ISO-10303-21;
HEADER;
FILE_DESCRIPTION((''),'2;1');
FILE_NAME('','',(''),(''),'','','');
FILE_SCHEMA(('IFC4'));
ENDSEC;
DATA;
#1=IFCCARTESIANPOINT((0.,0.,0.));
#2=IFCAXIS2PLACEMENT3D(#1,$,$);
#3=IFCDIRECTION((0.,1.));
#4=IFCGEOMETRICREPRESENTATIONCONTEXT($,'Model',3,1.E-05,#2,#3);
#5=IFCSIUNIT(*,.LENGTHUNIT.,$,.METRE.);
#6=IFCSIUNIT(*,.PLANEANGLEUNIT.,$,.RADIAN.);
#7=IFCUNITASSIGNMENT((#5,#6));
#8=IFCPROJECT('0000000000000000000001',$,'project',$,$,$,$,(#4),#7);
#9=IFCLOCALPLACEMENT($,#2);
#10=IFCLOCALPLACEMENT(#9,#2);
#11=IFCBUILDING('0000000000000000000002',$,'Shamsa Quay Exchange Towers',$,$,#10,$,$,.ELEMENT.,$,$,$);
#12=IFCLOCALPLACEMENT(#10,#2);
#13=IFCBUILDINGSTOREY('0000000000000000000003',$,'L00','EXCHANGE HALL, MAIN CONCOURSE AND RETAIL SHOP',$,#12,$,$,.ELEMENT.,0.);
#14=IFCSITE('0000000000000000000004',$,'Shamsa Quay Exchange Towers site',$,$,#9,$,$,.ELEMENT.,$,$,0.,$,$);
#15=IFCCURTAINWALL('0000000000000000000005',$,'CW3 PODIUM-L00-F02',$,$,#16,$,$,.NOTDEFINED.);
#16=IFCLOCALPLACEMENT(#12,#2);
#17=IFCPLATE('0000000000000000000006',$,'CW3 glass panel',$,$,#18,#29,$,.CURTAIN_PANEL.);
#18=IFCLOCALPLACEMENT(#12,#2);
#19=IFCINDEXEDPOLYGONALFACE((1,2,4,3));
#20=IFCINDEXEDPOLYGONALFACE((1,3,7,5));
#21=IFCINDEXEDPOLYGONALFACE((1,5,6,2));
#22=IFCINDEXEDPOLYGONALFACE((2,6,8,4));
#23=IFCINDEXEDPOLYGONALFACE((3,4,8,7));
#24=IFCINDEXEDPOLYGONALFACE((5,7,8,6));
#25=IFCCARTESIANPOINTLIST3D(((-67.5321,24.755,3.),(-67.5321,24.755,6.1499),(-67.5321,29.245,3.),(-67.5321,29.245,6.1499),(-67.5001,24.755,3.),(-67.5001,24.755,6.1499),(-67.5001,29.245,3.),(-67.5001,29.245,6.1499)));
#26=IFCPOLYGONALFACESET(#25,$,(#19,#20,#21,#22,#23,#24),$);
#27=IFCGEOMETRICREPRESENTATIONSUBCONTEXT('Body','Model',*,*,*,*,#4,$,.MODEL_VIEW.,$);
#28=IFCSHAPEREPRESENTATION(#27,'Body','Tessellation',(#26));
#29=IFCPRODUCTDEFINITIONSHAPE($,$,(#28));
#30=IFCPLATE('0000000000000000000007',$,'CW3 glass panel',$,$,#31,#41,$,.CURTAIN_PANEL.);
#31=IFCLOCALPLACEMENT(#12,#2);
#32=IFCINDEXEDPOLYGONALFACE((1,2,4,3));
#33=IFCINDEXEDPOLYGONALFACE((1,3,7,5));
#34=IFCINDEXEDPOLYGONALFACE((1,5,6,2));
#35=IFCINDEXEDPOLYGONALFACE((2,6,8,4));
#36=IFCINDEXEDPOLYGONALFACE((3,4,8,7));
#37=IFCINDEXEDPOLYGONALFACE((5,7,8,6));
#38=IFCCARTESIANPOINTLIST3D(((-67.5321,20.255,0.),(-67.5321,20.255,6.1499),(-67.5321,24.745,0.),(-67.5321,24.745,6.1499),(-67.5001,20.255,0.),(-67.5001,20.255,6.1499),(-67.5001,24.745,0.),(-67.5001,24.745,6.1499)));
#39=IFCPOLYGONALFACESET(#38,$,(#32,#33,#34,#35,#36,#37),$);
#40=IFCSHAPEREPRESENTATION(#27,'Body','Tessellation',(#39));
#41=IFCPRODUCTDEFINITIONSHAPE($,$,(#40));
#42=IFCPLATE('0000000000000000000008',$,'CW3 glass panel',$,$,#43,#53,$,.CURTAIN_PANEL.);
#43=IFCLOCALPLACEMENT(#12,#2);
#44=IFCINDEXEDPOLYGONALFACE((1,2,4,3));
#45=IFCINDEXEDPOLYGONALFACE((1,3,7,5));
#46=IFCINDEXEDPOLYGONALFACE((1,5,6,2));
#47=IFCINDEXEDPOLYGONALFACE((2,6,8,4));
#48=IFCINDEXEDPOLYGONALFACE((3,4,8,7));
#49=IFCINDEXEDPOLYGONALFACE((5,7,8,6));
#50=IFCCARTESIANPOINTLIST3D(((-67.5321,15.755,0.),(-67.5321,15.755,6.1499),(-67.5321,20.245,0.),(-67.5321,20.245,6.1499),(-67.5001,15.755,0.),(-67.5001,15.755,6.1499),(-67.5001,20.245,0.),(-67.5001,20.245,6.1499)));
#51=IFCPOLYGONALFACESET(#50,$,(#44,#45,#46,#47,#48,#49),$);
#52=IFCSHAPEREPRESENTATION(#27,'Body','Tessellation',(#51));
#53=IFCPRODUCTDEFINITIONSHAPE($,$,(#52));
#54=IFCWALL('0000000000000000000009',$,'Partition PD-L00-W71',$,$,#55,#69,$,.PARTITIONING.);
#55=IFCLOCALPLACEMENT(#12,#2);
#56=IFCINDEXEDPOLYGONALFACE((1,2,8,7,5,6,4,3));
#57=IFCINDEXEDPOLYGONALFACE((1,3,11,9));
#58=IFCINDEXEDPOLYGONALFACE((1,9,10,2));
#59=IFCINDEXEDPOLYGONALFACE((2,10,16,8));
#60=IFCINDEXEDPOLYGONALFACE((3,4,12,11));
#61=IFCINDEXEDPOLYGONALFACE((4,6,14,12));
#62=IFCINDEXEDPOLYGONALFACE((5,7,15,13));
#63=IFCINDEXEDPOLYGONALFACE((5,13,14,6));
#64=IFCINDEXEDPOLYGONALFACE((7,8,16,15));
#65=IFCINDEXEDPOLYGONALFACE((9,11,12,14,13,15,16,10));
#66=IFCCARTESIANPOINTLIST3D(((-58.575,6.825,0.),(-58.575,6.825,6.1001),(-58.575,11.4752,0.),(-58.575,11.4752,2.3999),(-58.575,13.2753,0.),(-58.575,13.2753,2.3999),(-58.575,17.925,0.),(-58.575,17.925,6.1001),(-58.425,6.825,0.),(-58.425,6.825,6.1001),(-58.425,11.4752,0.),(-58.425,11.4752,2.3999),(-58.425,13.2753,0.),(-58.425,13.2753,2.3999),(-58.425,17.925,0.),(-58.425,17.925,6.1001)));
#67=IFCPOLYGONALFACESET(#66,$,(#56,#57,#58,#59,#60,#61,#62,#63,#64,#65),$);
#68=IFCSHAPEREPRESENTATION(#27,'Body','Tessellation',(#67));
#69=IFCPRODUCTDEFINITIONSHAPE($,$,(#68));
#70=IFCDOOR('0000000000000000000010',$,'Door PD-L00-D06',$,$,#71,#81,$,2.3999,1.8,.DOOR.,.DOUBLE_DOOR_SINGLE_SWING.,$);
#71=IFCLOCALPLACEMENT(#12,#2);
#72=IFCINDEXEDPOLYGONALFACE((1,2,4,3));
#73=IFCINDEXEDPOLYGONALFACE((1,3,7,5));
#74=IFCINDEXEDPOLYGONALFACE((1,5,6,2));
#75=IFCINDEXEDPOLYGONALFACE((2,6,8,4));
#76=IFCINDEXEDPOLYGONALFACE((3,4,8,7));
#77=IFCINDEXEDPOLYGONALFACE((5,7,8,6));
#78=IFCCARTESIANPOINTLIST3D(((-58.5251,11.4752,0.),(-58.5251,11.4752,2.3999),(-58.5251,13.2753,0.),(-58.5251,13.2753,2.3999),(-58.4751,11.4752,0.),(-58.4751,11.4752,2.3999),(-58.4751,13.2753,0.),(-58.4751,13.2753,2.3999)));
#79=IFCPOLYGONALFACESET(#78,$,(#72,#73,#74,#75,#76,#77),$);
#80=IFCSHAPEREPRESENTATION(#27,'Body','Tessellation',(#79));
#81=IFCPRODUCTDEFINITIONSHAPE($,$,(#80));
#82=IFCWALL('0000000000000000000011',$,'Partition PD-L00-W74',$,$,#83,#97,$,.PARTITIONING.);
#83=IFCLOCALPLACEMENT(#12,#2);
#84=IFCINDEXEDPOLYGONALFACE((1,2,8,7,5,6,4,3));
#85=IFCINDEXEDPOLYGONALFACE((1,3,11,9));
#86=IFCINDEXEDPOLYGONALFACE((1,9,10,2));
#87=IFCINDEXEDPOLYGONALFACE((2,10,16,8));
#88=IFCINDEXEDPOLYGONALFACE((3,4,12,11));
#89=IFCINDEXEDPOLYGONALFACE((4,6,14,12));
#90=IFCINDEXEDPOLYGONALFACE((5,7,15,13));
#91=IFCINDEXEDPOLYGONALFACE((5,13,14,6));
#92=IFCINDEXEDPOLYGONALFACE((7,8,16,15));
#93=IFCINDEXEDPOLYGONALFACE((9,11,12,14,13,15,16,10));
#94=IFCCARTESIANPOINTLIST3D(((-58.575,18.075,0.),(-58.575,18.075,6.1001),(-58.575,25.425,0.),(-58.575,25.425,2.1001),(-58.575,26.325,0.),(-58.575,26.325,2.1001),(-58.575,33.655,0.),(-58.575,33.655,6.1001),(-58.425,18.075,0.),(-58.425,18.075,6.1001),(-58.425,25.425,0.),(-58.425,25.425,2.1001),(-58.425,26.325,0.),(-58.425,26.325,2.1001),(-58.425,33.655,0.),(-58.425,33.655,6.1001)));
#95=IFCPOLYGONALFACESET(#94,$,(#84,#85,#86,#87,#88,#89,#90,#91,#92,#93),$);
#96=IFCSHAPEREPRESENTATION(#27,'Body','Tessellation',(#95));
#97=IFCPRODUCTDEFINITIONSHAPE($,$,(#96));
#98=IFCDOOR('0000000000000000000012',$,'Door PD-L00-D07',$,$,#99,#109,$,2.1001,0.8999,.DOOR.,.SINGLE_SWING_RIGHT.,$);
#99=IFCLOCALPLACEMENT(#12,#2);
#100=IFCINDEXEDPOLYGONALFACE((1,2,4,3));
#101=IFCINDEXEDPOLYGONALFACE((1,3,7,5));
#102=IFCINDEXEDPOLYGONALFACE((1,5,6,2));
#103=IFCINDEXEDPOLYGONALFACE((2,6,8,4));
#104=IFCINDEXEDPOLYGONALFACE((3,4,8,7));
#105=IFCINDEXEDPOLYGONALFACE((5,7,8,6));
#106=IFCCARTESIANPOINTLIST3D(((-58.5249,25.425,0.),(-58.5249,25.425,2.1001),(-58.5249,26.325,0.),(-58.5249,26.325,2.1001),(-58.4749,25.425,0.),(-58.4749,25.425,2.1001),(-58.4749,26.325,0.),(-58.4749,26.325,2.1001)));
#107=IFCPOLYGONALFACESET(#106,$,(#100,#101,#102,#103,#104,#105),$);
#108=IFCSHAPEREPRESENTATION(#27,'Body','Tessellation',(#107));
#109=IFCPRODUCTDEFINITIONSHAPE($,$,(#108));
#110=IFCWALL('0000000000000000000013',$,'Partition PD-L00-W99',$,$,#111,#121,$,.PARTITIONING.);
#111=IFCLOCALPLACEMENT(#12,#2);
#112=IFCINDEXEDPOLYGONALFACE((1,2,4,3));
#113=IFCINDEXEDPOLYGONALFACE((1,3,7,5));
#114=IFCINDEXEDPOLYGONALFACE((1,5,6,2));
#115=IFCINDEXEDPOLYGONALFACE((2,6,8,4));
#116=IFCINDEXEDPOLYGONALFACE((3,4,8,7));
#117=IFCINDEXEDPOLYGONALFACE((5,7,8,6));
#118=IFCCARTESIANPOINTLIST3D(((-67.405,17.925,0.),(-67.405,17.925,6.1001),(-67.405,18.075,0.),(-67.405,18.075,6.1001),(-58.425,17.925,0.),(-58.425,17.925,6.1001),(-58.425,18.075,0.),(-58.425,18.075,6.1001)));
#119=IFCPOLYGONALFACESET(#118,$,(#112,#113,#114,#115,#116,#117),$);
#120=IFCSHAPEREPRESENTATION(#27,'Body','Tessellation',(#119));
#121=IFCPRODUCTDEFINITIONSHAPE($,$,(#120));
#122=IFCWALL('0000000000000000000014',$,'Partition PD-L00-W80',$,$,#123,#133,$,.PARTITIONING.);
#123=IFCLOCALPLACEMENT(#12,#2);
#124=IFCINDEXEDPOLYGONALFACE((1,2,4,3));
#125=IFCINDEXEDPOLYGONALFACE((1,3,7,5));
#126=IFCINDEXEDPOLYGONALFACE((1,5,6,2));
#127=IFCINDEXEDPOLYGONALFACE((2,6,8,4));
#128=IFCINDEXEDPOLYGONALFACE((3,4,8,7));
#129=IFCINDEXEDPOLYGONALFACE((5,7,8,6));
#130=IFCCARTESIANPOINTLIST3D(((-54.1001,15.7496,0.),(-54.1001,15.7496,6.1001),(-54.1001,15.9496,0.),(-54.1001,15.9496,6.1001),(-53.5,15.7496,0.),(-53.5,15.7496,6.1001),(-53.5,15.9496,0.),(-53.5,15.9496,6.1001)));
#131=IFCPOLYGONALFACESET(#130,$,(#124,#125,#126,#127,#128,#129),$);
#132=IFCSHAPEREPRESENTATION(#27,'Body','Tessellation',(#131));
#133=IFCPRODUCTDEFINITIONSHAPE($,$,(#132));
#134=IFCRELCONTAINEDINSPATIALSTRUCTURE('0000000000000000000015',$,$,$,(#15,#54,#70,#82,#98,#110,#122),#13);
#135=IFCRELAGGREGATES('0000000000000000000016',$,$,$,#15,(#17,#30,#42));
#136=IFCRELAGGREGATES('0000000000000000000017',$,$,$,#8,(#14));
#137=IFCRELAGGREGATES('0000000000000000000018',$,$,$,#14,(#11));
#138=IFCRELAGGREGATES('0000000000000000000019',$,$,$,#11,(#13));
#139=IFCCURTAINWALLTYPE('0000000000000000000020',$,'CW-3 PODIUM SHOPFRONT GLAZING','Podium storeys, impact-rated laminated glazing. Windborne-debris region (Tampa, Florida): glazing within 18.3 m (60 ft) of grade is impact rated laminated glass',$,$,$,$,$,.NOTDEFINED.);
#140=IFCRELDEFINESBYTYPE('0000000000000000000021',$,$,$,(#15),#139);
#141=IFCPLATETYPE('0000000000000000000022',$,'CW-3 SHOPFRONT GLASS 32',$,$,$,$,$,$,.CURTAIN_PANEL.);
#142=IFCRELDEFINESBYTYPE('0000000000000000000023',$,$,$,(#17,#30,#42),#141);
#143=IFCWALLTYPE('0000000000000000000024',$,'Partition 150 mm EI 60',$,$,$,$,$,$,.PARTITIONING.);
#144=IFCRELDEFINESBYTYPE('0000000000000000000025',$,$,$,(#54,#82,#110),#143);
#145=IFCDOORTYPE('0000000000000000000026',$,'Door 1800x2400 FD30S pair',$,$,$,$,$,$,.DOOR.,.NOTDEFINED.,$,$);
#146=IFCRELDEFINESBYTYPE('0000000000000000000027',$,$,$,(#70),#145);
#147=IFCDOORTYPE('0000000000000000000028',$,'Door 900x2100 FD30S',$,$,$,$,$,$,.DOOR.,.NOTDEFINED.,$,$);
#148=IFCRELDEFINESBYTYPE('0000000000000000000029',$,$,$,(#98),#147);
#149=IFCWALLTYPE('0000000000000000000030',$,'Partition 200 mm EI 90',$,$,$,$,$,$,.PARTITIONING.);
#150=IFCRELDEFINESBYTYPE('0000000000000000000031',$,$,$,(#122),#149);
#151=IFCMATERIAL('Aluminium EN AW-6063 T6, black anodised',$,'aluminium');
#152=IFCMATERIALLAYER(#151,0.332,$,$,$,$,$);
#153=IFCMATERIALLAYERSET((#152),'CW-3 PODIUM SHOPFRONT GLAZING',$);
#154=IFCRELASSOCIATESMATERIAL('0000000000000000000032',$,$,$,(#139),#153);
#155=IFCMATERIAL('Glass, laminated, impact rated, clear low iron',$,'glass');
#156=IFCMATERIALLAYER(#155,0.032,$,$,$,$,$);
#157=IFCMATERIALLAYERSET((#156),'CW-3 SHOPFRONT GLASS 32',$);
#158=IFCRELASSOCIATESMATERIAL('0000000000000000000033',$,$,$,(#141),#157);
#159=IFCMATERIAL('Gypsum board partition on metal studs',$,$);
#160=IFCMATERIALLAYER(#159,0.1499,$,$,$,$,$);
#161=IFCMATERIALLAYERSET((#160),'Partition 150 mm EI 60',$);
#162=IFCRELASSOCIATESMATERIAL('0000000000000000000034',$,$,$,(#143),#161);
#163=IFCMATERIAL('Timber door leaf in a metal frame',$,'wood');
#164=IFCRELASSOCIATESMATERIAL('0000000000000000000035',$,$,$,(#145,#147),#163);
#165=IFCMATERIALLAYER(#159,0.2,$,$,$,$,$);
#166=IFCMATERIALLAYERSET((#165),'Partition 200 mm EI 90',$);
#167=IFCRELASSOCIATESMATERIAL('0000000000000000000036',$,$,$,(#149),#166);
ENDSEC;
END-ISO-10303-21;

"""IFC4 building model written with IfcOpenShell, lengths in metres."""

from ifc_helpers import new_model, si_unit, direction, frame, frame_2d, origin, origin_2d, place, context, subcontext, project, spatial, rectangle, extrude, material, layer, layer_set, type_object, element, fill, aggregate, save


model = new_model("IFC4")

# Units and contexts
model_context = context("Model", 3, precision=1e-05, world=origin(), true_north=direction((0.0, 1.0)))
body_context = subcontext(model_context, "Body", "Model", "MODEL_VIEW")
ifc_project = project(units=[si_unit("LENGTHUNIT", "METRE"), si_unit("PLANEANGLEUNIT", "RADIAN")], contexts=[model_context])

# Site, building, storey
site_placement = place(None, origin())
site = spatial("IfcSite", under=ifc_project, at=site_placement, Name="Shamsa Quay Exchange Towers site", CompositionType="ELEMENT", RefElevation=0.0)
building_placement = place(site_placement, origin())
building = spatial("IfcBuilding", under=site, at=building_placement, Name="Shamsa Quay Exchange Towers", CompositionType="ELEMENT")
storey_placement = place(building_placement, origin())
storey = spatial("IfcBuildingStorey", under=building, at=storey_placement, Name="L00", Description="EXCHANGE HALL, MAIN CONCOURSE AND RETAIL SHOP", CompositionType="ELEMENT", Elevation=0.0)

# Curtain wall, plates
ifc_material_1 = material(Name="Aluminium EN AW-6063 T6, black anodised", Category="aluminium")
ifc_layer_1 = layer(ifc_material_1, 0.332)
ifc_layer_set_1 = layer_set([ifc_layer_1], Name="CW-3 PODIUM SHOPFRONT GLAZING")
curtain_wall_type = type_object("IfcCurtainWallType", Name="CW-3 PODIUM SHOPFRONT GLAZING", Description="Podium storeys, impact-rated laminated glazing. Windborne-debris region (Tampa, Florida): glazing within 18.3 m (60 ft) of grade is impact rated laminated glass", PredefinedType="NOTDEFINED", material=ifc_layer_set_1)
curtain_wall_placement = place(storey_placement, origin())
curtain_wall = element("IfcCurtainWall", 1, at=curtain_wall_placement, inside=storey, type_object=curtain_wall_type, Name="CW3 PODIUM-L00-F02", PredefinedType="NOTDEFINED")
ifc_material_2 = material(Name="Glass, laminated, impact rated, clear low iron", Category="glass")
ifc_layer_2 = layer(ifc_material_2, 0.032)
ifc_layer_set_2 = layer_set([ifc_layer_2], Name="CW-3 SHOPFRONT GLASS 32")
plate_type = type_object("IfcPlateType", Name="CW-3 SHOPFRONT GLASS 32", PredefinedType="CURTAIN_PANEL", material=ifc_layer_set_2)
plate_1_placement = place(storey_placement, frame((-67.5161, 27.0, 3.0), z_axis=(0.0, 0.0, 1.0), x_axis=(0.0, -1.0, 0.0)))
plate_1 = element("IfcPlate", 2, at=plate_1_placement, type_object=plate_type, Name="CW3 glass panel", PredefinedType="CURTAIN_PANEL", context=body_context, shape_type="SweptSolid", body=[
    extrude(rectangle(XDim=4.49, YDim=0.032, at=origin_2d()), origin(), (0.0, 0.0, 1.0), 3.1499),
])
plate_2_placement = place(storey_placement, frame((-67.5161, 22.5, 0.0), z_axis=(0.0, 0.0, 1.0), x_axis=(0.0, -1.0, 0.0)))
plate_2 = element("IfcPlate", 3, at=plate_2_placement, type_object=plate_type, Name="CW3 glass panel", PredefinedType="CURTAIN_PANEL", context=body_context, shape_type="SweptSolid", body=[
    extrude(rectangle(XDim=4.49, YDim=0.032, at=origin_2d()), origin(), (0.0, 0.0, 1.0), 6.1499),
])
plate_3_placement = place(storey_placement, frame((-67.5161, 18.0, 0.0), z_axis=(0.0, 0.0, 1.0), x_axis=(0.0, -1.0, 0.0)))
plate_3 = element("IfcPlate", 4, at=plate_3_placement, type_object=plate_type, Name="CW3 glass panel", PredefinedType="CURTAIN_PANEL", context=body_context, shape_type="SweptSolid", body=[
    extrude(rectangle(XDim=4.49, YDim=0.032, at=origin_2d()), origin(), (0.0, 0.0, 1.0), 6.1499),
])
aggregate(curtain_wall, [plate_1, plate_2, plate_3])

# Walls, openings, doors
ifc_material_3 = material(Name="Gypsum board partition on metal studs")
ifc_layer_3 = layer(ifc_material_3, 0.1499)
ifc_layer_set_3 = layer_set([ifc_layer_3], Name="Partition 150 mm EI 60")
wall_type_1 = type_object("IfcWallType", Name="Partition 150 mm EI 60", PredefinedType="PARTITIONING", material=ifc_layer_set_3)
wall_1_placement = place(storey_placement, frame((-58.5, 17.925, 0.0), z_axis=(0.0, 0.0, 1.0), x_axis=(0.0, -1.0, 0.0)))
wall_1 = element("IfcWall", 5, at=wall_1_placement, inside=storey, type_object=wall_type_1, Name="Partition PD-L00-W71", PredefinedType="PARTITIONING", context=body_context, shape_type="SweptSolid", body=[
    extrude(rectangle(XDim=11.1001, YDim=0.1499, at=frame_2d((5.55, 0.0))), origin(), (0.0, 0.0, 1.0), 6.1001),
])
opening_1_placement = place(wall_1_placement, frame((4.6499, 0.0, 0.0)))
opening_1 = element("IfcOpeningElement", 6, at=opening_1_placement, cuts=wall_1, PredefinedType="OPENING", context=body_context, shape_type="SweptSolid", body=[
    extrude(rectangle(XDim=1.8, YDim=2.3999, at=frame_2d((0.8999, 1.2))), frame((0.0, 0.085, 0.0), z_axis=(0.0, -1.0, 0.0), x_axis=(1.0, 0.0, 0.0)), (0.0, 0.0, 1.0), 0.1699),
])
ifc_material_4 = material(Name="Timber door leaf in a metal frame", Category="wood")
door_type_1 = type_object("IfcDoorType", Name="Door 1800x2400 FD30S pair", OperationType="NOTDEFINED", PredefinedType="DOOR", material=ifc_material_4)
door_1_placement = place(opening_1_placement, origin())
door_1 = element("IfcDoor", 7, at=door_1_placement, inside=storey, type_object=door_type_1, Name="Door PD-L00-D06", OperationType="DOUBLE_DOOR_SINGLE_SWING", OverallHeight=2.3999, OverallWidth=1.8, PredefinedType="DOOR", context=body_context, shape_type="SweptSolid", body=[
    extrude(rectangle(XDim=1.8, YDim=2.3999, at=frame_2d((0.8999, 1.2))), frame((0.0, 0.0249, 0.0), z_axis=(0.0, -1.0, 0.0), x_axis=(1.0, 0.0, 0.0)), (0.0, 0.0, 1.0), 0.05),
])
fill(opening_1, door_1)
wall_2_placement = place(storey_placement, frame((-58.5, 18.075, 0.0), z_axis=(0.0, 0.0, 1.0), x_axis=(0.0, 1.0, 0.0)))
wall_2 = element("IfcWall", 8, at=wall_2_placement, inside=storey, type_object=wall_type_1, Name="Partition PD-L00-W74", PredefinedType="PARTITIONING", context=body_context, shape_type="SweptSolid", body=[
    extrude(rectangle(XDim=15.5801, YDim=0.1499, at=frame_2d((7.79, 0.0))), origin(), (0.0, 0.0, 1.0), 6.1001),
])
opening_2_placement = place(wall_2_placement, frame((7.3501, 0.0, 0.0)))
opening_2 = element("IfcOpeningElement", 9, at=opening_2_placement, cuts=wall_2, PredefinedType="OPENING", context=body_context, shape_type="SweptSolid", body=[
    extrude(rectangle(XDim=0.8999, YDim=2.1001, at=frame_2d((0.45, 1.05))), frame((0.0, 0.085, 0.0), z_axis=(0.0, -1.0, 0.0), x_axis=(1.0, 0.0, 0.0)), (0.0, 0.0, 1.0), 0.1699),
])
door_type_2 = type_object("IfcDoorType", Name="Door 900x2100 FD30S", OperationType="NOTDEFINED", PredefinedType="DOOR", material=ifc_material_4)
door_2_placement = place(opening_2_placement, origin())
door_2 = element("IfcDoor", 10, at=door_2_placement, inside=storey, type_object=door_type_2, Name="Door PD-L00-D07", OperationType="SINGLE_SWING_RIGHT", OverallHeight=2.1001, OverallWidth=0.8999, PredefinedType="DOOR", context=body_context, shape_type="SweptSolid", body=[
    extrude(rectangle(XDim=0.8999, YDim=2.1001, at=frame_2d((0.45, 1.05))), frame((0.0, 0.0249, 0.0), z_axis=(0.0, -1.0, 0.0), x_axis=(1.0, 0.0, 0.0)), (0.0, 0.0, 1.0), 0.05),
])
fill(opening_2, door_2)

# Walls
wall_3_placement = place(storey_placement, frame((-58.425, 18.0, 0.0), z_axis=(0.0, 0.0, 1.0), x_axis=(-1.0, 0.0, 0.0)))
element("IfcWall", 11, at=wall_3_placement, inside=storey, type_object=wall_type_1, Name="Partition PD-L00-W99", PredefinedType="PARTITIONING", context=body_context, shape_type="SweptSolid", body=[
    extrude(rectangle(XDim=8.98, YDim=0.1499, at=frame_2d((4.49, 0.0))), origin(), (0.0, 0.0, 1.0), 6.1001),
])
ifc_layer_4 = layer(ifc_material_3, 0.2)
ifc_layer_set_4 = layer_set([ifc_layer_4], Name="Partition 200 mm EI 90")
wall_type_2 = type_object("IfcWallType", Name="Partition 200 mm EI 90", PredefinedType="PARTITIONING", material=ifc_layer_set_4)
wall_4_placement = place(storey_placement, frame((-54.1001, 15.8496, 0.0)))
element("IfcWall", 12, at=wall_4_placement, inside=storey, type_object=wall_type_2, Name="Partition PD-L00-W80", PredefinedType="PARTITIONING", context=body_context, shape_type="SweptSolid", body=[
    extrude(rectangle(XDim=0.6001, YDim=0.2, at=frame_2d((0.3, 0.0))), origin(), (0.0, 0.0, 1.0), 6.1001),
])

save(model, "model.ifc")
